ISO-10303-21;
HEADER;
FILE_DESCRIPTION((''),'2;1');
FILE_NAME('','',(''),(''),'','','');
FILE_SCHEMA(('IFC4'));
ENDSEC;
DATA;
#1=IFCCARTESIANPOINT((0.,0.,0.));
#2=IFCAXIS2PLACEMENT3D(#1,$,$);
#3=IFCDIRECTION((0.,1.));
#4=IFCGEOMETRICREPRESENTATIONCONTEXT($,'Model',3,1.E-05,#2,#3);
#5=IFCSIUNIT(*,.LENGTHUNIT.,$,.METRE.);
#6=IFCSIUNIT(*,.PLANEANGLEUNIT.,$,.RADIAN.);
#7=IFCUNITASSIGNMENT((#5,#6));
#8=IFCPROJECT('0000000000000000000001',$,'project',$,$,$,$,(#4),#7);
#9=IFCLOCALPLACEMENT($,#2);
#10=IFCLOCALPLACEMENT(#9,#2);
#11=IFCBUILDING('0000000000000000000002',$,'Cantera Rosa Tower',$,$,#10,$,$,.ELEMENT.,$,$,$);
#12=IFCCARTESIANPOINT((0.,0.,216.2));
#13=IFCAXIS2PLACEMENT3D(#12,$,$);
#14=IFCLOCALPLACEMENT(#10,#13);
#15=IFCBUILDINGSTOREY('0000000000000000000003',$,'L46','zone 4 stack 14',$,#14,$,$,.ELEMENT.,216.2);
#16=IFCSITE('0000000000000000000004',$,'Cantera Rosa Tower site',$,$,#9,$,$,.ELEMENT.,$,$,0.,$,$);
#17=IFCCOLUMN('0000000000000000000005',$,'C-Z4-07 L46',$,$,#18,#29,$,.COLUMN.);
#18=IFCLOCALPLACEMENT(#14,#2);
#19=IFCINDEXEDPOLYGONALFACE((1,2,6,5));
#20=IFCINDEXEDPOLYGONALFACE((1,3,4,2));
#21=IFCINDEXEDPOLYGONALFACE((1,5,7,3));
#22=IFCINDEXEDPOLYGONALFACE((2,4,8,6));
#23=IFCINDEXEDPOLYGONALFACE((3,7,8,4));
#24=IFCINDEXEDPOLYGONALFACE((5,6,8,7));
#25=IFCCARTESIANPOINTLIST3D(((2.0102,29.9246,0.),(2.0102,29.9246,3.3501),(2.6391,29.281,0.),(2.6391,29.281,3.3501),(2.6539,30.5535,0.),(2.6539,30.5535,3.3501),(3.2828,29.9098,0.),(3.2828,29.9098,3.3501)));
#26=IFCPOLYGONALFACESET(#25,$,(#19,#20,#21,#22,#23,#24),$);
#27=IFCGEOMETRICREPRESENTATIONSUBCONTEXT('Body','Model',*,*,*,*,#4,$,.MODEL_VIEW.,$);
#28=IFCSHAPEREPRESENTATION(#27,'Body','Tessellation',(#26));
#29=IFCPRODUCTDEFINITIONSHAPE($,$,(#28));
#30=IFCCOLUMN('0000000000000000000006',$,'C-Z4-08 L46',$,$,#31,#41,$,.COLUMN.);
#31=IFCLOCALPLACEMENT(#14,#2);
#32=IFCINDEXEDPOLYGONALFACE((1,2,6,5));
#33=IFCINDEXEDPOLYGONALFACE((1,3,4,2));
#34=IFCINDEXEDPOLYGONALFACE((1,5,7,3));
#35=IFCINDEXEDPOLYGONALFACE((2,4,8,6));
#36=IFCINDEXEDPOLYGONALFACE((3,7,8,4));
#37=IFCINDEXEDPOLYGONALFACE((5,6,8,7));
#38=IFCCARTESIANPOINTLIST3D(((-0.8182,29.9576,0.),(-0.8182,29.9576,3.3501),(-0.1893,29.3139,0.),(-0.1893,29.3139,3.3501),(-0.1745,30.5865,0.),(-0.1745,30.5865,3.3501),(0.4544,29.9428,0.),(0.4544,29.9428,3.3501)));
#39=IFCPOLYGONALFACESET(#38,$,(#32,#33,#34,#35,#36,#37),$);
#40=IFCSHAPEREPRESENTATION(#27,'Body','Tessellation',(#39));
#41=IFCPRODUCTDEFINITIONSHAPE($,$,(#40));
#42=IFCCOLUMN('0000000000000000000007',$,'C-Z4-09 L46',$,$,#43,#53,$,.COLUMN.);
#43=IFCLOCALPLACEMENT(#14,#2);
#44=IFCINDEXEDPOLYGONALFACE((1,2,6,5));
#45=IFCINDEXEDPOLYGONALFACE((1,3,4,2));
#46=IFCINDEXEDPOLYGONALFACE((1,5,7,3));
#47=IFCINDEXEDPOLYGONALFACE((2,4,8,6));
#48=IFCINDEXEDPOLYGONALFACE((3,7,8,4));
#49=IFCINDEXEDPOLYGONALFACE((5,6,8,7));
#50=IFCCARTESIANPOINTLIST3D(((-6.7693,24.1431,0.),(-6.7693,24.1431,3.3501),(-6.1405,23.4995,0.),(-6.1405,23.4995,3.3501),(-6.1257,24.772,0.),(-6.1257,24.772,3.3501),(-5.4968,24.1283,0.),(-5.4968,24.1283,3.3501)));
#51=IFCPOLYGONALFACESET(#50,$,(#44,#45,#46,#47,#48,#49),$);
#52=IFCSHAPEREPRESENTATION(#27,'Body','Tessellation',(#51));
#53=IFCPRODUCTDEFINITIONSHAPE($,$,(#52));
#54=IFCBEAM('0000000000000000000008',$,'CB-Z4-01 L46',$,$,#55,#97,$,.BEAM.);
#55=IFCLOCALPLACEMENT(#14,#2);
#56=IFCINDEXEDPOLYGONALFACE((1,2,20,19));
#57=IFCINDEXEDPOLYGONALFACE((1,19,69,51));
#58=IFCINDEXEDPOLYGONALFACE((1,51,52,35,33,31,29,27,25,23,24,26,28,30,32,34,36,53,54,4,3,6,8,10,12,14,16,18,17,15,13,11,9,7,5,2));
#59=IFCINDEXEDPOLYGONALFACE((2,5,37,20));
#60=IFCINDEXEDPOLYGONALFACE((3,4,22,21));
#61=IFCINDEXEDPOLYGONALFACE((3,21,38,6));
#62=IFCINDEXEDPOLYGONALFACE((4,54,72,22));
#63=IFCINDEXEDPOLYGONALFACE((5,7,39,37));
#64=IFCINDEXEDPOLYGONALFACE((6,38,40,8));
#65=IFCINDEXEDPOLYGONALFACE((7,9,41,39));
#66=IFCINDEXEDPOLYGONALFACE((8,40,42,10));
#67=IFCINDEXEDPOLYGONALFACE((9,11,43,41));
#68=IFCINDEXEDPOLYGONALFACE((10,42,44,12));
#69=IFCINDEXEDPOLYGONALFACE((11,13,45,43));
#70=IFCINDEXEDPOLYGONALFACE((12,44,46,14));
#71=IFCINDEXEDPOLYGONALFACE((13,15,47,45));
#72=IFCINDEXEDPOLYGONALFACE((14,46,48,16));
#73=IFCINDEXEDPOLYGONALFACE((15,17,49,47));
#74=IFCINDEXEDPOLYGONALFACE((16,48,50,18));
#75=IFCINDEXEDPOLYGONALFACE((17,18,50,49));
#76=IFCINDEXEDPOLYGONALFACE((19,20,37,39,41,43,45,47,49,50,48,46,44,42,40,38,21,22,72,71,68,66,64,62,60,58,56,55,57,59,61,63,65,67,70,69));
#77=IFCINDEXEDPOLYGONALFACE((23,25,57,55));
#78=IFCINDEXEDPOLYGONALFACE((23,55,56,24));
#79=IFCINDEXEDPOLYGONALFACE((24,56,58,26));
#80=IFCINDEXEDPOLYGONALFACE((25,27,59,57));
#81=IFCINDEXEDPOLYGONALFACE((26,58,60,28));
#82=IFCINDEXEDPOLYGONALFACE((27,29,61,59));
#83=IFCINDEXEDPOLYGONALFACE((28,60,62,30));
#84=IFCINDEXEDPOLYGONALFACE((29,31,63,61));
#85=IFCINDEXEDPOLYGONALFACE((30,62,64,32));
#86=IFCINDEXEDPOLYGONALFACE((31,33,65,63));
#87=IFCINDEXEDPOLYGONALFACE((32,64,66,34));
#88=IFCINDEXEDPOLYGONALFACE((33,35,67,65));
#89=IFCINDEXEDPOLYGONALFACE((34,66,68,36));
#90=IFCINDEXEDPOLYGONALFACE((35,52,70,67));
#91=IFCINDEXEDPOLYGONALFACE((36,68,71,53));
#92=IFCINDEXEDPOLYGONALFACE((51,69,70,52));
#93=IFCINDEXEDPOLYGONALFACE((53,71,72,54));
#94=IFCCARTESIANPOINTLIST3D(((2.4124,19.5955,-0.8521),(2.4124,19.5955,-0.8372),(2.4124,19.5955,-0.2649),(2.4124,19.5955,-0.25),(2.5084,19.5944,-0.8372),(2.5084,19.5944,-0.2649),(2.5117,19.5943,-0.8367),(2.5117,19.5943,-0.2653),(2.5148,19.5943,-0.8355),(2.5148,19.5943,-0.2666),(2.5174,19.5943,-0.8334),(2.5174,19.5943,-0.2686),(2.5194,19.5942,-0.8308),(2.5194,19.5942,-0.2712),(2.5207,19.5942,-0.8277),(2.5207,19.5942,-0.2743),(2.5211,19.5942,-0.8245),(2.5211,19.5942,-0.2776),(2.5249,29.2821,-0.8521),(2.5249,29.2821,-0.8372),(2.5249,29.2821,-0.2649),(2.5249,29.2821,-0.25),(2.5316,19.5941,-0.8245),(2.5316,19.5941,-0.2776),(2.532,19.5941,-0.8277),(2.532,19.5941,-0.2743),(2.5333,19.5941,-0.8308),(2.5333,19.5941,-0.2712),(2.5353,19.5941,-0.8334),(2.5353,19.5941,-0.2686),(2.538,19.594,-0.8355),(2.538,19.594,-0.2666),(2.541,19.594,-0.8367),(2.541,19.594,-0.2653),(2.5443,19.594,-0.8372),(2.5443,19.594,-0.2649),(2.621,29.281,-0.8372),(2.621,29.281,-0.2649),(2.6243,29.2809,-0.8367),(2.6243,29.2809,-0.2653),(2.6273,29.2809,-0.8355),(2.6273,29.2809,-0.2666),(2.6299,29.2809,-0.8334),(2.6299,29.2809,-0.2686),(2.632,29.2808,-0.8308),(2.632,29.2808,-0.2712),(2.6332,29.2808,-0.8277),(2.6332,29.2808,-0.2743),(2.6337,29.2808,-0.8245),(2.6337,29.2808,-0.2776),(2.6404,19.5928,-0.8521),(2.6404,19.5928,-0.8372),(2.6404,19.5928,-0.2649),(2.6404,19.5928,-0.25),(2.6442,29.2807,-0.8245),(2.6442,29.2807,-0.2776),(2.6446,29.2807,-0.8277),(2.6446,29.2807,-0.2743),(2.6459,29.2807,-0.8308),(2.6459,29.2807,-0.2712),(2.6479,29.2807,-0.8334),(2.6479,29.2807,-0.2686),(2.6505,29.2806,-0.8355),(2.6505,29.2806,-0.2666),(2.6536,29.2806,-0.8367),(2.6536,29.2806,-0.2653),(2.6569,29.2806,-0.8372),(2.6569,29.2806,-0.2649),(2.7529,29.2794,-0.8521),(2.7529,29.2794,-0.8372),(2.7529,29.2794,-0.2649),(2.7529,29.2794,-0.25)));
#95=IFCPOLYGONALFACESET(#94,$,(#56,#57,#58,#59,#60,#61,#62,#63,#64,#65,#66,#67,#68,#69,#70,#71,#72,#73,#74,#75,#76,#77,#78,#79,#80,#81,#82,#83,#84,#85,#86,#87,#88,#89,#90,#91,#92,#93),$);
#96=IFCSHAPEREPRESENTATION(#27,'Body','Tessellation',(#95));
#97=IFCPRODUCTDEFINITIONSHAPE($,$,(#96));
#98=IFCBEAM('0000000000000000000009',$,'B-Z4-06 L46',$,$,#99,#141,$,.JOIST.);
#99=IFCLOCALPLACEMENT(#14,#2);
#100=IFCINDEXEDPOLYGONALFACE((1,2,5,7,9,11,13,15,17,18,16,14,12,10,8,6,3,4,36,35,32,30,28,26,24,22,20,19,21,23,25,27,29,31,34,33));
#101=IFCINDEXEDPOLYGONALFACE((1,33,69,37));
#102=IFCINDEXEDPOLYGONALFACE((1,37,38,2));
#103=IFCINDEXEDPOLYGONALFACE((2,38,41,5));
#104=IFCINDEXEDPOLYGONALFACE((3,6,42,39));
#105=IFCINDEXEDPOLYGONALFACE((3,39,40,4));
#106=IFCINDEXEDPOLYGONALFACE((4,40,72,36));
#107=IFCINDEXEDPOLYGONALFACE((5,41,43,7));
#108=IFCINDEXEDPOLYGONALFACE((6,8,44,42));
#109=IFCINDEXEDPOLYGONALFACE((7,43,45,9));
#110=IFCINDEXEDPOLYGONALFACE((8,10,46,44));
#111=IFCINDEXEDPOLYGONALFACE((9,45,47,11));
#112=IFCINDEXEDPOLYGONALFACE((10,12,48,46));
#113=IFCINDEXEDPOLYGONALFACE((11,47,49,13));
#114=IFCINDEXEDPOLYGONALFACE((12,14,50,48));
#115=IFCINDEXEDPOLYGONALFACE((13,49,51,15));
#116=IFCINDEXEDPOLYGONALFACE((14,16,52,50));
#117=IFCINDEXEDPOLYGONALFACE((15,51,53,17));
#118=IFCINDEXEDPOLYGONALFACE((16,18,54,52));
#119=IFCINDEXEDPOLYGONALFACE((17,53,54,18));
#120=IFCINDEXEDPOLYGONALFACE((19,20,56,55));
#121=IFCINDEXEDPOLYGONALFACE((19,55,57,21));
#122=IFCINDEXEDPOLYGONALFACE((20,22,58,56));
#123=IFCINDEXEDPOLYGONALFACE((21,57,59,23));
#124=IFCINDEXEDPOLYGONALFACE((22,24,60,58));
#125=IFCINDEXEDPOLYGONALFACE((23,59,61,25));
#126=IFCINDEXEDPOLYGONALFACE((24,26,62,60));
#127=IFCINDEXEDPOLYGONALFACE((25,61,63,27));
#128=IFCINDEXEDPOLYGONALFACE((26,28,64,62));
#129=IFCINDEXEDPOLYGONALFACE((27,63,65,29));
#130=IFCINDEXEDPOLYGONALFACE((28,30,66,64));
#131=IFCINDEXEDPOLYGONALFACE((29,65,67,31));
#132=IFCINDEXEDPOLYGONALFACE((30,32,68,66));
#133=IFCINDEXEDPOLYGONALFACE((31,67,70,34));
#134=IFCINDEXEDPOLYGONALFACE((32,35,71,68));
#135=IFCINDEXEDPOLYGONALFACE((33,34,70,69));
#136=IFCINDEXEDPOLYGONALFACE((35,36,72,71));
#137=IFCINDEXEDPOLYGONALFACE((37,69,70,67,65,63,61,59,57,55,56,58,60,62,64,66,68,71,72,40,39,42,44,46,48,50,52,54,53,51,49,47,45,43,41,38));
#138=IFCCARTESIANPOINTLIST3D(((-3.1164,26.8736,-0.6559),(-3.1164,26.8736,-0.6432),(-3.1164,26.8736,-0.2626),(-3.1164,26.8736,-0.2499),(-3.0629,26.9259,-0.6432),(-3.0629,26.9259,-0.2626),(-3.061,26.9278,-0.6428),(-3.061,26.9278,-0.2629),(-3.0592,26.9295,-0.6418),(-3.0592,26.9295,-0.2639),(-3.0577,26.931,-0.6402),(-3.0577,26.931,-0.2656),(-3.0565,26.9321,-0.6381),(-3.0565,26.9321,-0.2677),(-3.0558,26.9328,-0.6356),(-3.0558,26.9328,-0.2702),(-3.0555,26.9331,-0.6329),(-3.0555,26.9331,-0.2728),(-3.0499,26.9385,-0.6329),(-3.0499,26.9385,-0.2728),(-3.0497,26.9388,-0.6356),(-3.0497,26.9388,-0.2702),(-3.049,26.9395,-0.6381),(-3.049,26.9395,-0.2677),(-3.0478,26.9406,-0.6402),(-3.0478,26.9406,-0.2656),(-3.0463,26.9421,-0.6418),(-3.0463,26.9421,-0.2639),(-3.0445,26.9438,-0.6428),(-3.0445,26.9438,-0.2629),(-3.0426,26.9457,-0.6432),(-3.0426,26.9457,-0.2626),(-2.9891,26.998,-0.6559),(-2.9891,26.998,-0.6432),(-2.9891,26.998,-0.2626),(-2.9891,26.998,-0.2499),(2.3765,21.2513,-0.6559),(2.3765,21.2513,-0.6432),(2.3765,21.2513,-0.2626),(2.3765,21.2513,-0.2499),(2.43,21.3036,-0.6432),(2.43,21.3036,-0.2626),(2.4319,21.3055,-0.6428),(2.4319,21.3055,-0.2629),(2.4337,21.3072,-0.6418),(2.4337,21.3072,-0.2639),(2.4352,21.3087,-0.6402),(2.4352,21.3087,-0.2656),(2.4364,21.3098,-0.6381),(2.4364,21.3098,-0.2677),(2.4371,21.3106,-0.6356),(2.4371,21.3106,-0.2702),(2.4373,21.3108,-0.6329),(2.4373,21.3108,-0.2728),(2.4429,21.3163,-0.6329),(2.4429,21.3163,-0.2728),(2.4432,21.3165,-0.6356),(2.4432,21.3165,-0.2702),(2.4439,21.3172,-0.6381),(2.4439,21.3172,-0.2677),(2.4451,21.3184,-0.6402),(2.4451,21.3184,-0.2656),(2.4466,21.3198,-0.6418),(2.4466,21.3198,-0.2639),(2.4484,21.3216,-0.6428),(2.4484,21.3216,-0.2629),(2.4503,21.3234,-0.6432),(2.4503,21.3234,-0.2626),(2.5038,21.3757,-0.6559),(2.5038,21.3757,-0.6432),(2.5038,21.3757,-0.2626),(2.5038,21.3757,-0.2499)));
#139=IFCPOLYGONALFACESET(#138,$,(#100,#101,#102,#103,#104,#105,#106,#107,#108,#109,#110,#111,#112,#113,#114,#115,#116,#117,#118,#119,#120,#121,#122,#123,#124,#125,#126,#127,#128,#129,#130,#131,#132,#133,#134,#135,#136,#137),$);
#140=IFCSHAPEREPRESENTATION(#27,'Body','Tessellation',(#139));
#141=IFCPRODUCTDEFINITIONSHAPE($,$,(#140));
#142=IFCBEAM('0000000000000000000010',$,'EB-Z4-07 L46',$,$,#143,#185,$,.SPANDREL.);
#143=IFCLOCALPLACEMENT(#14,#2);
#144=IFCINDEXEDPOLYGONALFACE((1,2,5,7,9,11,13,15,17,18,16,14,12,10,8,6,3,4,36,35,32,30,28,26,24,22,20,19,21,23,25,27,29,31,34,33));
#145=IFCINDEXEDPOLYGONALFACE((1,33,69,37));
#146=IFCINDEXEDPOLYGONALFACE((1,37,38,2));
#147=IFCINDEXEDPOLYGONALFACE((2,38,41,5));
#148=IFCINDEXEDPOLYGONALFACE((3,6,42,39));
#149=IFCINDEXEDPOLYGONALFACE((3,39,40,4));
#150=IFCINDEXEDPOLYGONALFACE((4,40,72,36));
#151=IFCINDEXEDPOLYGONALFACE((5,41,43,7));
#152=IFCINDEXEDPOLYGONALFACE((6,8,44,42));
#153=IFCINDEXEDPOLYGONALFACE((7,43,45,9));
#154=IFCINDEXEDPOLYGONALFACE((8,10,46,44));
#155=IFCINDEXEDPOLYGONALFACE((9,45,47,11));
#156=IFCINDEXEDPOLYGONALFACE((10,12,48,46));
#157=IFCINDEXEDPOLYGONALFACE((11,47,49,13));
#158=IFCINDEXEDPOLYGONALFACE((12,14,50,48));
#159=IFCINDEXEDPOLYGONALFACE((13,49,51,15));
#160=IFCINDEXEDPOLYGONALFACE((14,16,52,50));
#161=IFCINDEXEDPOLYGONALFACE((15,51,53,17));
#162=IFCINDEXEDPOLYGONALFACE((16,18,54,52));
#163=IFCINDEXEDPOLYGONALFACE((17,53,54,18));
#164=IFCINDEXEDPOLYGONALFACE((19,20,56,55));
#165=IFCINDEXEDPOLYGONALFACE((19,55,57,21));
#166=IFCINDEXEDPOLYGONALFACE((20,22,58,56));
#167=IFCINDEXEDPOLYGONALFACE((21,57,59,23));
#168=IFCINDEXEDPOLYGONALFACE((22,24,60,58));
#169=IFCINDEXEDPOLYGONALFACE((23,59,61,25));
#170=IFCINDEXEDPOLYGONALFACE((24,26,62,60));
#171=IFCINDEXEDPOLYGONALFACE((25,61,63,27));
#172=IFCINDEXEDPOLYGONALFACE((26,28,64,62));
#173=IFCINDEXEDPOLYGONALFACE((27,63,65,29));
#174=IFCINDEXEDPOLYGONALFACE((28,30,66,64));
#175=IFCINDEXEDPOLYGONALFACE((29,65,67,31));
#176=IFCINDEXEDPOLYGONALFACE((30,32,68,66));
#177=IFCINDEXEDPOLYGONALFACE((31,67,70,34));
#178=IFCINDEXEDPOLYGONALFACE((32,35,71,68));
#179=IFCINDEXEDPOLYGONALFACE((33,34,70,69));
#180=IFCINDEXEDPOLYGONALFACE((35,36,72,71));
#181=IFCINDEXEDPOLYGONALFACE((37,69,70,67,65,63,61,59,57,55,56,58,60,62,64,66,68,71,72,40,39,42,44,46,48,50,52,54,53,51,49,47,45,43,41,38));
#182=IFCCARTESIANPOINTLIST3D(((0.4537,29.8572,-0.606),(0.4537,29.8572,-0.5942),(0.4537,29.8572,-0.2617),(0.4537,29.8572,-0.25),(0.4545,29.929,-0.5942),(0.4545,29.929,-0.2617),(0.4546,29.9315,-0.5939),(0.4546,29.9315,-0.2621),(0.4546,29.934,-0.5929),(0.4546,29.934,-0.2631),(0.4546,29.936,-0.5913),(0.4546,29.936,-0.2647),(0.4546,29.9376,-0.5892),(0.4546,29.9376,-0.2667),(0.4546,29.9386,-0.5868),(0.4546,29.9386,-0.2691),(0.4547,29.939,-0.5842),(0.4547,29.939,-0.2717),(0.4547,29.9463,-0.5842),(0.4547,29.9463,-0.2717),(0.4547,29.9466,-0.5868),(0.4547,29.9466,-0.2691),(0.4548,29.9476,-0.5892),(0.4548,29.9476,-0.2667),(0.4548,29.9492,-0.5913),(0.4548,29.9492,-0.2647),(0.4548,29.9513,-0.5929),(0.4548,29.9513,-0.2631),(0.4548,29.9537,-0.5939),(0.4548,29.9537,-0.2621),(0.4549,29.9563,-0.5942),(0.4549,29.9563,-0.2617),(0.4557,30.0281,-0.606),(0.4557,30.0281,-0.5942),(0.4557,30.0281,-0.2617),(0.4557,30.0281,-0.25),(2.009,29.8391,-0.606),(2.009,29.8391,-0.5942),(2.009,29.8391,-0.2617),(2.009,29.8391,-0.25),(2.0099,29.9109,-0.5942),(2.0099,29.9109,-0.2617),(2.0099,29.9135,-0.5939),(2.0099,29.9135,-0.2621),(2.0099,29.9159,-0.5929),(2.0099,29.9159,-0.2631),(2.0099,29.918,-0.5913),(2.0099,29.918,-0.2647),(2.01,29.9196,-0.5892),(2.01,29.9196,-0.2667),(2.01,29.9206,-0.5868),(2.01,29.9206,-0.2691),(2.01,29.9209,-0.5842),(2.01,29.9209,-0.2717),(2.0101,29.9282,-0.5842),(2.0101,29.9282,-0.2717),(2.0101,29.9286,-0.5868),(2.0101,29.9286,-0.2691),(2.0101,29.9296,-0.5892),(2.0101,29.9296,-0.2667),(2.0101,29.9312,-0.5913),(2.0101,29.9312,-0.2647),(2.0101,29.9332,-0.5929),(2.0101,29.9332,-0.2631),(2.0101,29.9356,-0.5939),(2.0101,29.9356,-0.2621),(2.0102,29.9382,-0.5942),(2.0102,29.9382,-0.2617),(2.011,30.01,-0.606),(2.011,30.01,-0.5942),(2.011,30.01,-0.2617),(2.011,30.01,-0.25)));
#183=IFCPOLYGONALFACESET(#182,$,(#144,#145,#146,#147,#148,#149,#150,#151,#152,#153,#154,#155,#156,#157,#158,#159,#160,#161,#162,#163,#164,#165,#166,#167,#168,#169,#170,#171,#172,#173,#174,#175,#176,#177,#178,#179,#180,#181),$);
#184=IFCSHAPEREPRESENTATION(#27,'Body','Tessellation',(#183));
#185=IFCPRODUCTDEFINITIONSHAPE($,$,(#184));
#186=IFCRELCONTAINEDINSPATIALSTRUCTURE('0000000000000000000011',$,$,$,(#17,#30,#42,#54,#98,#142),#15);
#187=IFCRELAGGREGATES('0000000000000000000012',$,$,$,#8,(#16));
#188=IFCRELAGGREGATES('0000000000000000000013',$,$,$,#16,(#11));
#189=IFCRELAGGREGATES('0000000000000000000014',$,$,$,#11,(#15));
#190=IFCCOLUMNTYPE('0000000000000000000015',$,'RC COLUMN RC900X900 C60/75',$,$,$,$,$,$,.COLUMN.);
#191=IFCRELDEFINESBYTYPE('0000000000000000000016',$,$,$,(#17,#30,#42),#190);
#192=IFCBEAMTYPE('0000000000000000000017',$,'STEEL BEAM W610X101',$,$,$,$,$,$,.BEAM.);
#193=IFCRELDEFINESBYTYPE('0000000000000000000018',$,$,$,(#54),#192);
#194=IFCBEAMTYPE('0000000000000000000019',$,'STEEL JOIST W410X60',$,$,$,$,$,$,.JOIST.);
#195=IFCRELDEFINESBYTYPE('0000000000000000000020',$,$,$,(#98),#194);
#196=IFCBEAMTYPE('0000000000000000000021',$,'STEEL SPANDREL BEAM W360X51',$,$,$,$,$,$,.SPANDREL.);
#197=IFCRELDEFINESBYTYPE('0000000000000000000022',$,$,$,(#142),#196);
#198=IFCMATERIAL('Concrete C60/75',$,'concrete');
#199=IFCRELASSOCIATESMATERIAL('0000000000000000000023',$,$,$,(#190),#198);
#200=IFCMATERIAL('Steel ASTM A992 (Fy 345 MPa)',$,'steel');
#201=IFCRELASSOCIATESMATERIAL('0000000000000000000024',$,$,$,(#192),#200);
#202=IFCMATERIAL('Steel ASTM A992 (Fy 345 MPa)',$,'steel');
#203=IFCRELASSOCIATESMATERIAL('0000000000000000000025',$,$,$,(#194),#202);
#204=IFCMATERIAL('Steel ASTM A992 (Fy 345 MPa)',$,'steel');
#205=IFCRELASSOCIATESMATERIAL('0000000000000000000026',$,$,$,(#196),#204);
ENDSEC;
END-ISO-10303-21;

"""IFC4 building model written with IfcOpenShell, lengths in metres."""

from ifc_helpers import new_model, si_unit, direction, frame, origin, origin_2d, place, context, subcontext, project, spatial, rectangle, i_section, extrude, material, material_profile, profile_set, type_object, element, save


model = new_model("IFC4")

# Units and contexts
model_context = context("Model", 3, precision=1e-05, world=origin(), true_north=direction((0.0, 1.0)))
body_context = subcontext(model_context, "Body", "Model", "MODEL_VIEW")
ifc_project = project(units=[si_unit("LENGTHUNIT", "METRE"), si_unit("PLANEANGLEUNIT", "RADIAN")], contexts=[model_context])

# Site, building, storey
site_placement = place(None, origin())
site = spatial("IfcSite", under=ifc_project, at=site_placement, Name="Cantera Rosa Tower site", CompositionType="ELEMENT", RefElevation=0.0)
building_placement = place(site_placement, origin())
building = spatial("IfcBuilding", under=site, at=building_placement, Name="Cantera Rosa Tower", CompositionType="ELEMENT")
storey_placement = place(building_placement, frame((0.0, 0.0, 216.2)))
storey = spatial("IfcBuildingStorey", under=building, at=storey_placement, Name="L46", Description="zone 4 stack 14", CompositionType="ELEMENT", Elevation=216.2)

# Columns
ifc_material_1 = material(Name="Concrete C60/75", Category="concrete")
ifc_material_profile_1 = material_profile(ifc_material_1, rectangle(XDim=0.8999, YDim=0.8999, at=origin_2d()), Name="RC COLUMN RC900X900 C60/75")
ifc_profile_set_1 = profile_set([ifc_material_profile_1], Name="Concrete C60/75")
column_type = type_object("IfcColumnType", Name="RC COLUMN RC900X900 C60/75", PredefinedType="COLUMN", material=ifc_profile_set_1)
for number, where, z_axis, x_axis, name in (
    (1, (2.6465, 29.9172, 0.0), (0.0, 0.0, 1.0), (0.715286, 0.698832, 0.0), "C-Z4-07 L46"),
    (2, (-0.1819, 29.9502, 0.0), (0.0, 0.0, 1.0), (0.715286, 0.698832, 0.0), "C-Z4-08 L46"),
    (3, (-6.1331, 24.1357, 0.0), (0.0, 0.0, 1.0), (0.715286, 0.698832, 0.0), "C-Z4-09 L46"),
):
    element("IfcColumn", number, at=place(storey_placement, frame(where, z_axis=z_axis, x_axis=x_axis)), inside=storey, type_object=column_type, Name=name, PredefinedType="COLUMN", context=body_context, shape_type="SweptSolid", body=[
        extrude(rectangle(XDim=0.8999, YDim=0.8999, at=origin_2d()), origin(), (0.0, 0.0, 1.0), 3.3501),
    ])

# Beams
ifc_material_2 = material(Name="Steel ASTM A992 (Fy 345 MPa)", Category="steel")
ifc_material_profile_2 = material_profile(ifc_material_2, i_section(OverallWidth=0.228, OverallDepth=0.6021, WebThickness=0.0105, FlangeThickness=0.0149, FilletRadius=0.0127, at=origin_2d()), Name="W610X101")
ifc_profile_set_2 = profile_set([ifc_material_profile_2], Name="Steel ASTM A992 (Fy 345 MPa)")
beam_type_1 = type_object("IfcBeamType", Name="STEEL BEAM W610X101", PredefinedType="BEAM", material=ifc_profile_set_2)
beam_1_placement = place(storey_placement, frame((2.6389, 29.2808, -0.551), z_axis=(-0.011618, -0.999933, 0.0), x_axis=(0.999933, -0.011618, 0.0)))
element("IfcBeam", 4, at=beam_1_placement, inside=storey, type_object=beam_type_1, Name="CB-Z4-01 L46", PredefinedType="BEAM", context=body_context, shape_type="SweptSolid", body=[
    extrude(i_section(OverallWidth=0.228, OverallDepth=0.6021, WebThickness=0.0105, FlangeThickness=0.0149, FilletRadius=0.0127, at=origin_2d()), origin(), (0.0, 0.0, 1.0), 9.6873),
])
ifc_material_3 = material(Name="Steel ASTM A992 (Fy 345 MPa)", Category="steel")
ifc_material_profile_3 = material_profile(ifc_material_3, i_section(OverallWidth=0.178, OverallDepth=0.406, WebThickness=0.0078, FlangeThickness=0.0127, FilletRadius=0.0103, at=origin_2d()), Name="W410X60")
ifc_profile_set_3 = profile_set([ifc_material_profile_3], Name="Steel ASTM A992 (Fy 345 MPa)")
beam_type_2 = type_object("IfcBeamType", Name="STEEL JOIST W410X60", PredefinedType="JOIST", material=ifc_profile_set_3)
beam_2_placement = place(storey_placement, frame((-3.0527, 26.9358, -0.4529), z_axis=(0.698828, -0.71529, 0.0), x_axis=(0.71529, 0.698828, 0.0)))
element("IfcBeam", 5, at=beam_2_placement, inside=storey, type_object=beam_type_2, Name="B-Z4-06 L46", PredefinedType="JOIST", context=body_context, shape_type="SweptSolid", body=[
    extrude(i_section(OverallWidth=0.178, OverallDepth=0.406, WebThickness=0.0078, FlangeThickness=0.0127, FilletRadius=0.0103, at=origin_2d()), origin(), (0.0, 0.0, 1.0), 7.8601),
])
ifc_material_4 = material(Name="Steel ASTM A992 (Fy 345 MPa)", Category="steel")
ifc_material_profile_4 = material_profile(ifc_material_4, i_section(OverallWidth=0.1709, OverallDepth=0.356, WebThickness=0.0073, FlangeThickness=0.0117, FilletRadius=0.01, at=origin_2d()), Name="W360X51")
ifc_profile_set_4 = profile_set([ifc_material_profile_4], Name="Steel ASTM A992 (Fy 345 MPa)")
beam_type_3 = type_object("IfcBeamType", Name="STEEL SPANDREL BEAM W360X51", PredefinedType="SPANDREL", material=ifc_profile_set_4)
beam_3_placement = place(storey_placement, frame((2.01, 29.9246, -0.428), z_axis=(-0.999933, 0.011614, 0.0), x_axis=(-0.011614, -0.999933, 0.0)))
element("IfcBeam", 6, at=beam_3_placement, inside=storey, type_object=beam_type_3, Name="EB-Z4-07 L46", PredefinedType="SPANDREL", context=body_context, shape_type="SweptSolid", body=[
    extrude(i_section(OverallWidth=0.1709, OverallDepth=0.356, WebThickness=0.0073, FlangeThickness=0.0117, FilletRadius=0.01, at=origin_2d()), origin(), (0.0, 0.0, 1.0), 1.5554),
])

save(model, "model.ifc")
